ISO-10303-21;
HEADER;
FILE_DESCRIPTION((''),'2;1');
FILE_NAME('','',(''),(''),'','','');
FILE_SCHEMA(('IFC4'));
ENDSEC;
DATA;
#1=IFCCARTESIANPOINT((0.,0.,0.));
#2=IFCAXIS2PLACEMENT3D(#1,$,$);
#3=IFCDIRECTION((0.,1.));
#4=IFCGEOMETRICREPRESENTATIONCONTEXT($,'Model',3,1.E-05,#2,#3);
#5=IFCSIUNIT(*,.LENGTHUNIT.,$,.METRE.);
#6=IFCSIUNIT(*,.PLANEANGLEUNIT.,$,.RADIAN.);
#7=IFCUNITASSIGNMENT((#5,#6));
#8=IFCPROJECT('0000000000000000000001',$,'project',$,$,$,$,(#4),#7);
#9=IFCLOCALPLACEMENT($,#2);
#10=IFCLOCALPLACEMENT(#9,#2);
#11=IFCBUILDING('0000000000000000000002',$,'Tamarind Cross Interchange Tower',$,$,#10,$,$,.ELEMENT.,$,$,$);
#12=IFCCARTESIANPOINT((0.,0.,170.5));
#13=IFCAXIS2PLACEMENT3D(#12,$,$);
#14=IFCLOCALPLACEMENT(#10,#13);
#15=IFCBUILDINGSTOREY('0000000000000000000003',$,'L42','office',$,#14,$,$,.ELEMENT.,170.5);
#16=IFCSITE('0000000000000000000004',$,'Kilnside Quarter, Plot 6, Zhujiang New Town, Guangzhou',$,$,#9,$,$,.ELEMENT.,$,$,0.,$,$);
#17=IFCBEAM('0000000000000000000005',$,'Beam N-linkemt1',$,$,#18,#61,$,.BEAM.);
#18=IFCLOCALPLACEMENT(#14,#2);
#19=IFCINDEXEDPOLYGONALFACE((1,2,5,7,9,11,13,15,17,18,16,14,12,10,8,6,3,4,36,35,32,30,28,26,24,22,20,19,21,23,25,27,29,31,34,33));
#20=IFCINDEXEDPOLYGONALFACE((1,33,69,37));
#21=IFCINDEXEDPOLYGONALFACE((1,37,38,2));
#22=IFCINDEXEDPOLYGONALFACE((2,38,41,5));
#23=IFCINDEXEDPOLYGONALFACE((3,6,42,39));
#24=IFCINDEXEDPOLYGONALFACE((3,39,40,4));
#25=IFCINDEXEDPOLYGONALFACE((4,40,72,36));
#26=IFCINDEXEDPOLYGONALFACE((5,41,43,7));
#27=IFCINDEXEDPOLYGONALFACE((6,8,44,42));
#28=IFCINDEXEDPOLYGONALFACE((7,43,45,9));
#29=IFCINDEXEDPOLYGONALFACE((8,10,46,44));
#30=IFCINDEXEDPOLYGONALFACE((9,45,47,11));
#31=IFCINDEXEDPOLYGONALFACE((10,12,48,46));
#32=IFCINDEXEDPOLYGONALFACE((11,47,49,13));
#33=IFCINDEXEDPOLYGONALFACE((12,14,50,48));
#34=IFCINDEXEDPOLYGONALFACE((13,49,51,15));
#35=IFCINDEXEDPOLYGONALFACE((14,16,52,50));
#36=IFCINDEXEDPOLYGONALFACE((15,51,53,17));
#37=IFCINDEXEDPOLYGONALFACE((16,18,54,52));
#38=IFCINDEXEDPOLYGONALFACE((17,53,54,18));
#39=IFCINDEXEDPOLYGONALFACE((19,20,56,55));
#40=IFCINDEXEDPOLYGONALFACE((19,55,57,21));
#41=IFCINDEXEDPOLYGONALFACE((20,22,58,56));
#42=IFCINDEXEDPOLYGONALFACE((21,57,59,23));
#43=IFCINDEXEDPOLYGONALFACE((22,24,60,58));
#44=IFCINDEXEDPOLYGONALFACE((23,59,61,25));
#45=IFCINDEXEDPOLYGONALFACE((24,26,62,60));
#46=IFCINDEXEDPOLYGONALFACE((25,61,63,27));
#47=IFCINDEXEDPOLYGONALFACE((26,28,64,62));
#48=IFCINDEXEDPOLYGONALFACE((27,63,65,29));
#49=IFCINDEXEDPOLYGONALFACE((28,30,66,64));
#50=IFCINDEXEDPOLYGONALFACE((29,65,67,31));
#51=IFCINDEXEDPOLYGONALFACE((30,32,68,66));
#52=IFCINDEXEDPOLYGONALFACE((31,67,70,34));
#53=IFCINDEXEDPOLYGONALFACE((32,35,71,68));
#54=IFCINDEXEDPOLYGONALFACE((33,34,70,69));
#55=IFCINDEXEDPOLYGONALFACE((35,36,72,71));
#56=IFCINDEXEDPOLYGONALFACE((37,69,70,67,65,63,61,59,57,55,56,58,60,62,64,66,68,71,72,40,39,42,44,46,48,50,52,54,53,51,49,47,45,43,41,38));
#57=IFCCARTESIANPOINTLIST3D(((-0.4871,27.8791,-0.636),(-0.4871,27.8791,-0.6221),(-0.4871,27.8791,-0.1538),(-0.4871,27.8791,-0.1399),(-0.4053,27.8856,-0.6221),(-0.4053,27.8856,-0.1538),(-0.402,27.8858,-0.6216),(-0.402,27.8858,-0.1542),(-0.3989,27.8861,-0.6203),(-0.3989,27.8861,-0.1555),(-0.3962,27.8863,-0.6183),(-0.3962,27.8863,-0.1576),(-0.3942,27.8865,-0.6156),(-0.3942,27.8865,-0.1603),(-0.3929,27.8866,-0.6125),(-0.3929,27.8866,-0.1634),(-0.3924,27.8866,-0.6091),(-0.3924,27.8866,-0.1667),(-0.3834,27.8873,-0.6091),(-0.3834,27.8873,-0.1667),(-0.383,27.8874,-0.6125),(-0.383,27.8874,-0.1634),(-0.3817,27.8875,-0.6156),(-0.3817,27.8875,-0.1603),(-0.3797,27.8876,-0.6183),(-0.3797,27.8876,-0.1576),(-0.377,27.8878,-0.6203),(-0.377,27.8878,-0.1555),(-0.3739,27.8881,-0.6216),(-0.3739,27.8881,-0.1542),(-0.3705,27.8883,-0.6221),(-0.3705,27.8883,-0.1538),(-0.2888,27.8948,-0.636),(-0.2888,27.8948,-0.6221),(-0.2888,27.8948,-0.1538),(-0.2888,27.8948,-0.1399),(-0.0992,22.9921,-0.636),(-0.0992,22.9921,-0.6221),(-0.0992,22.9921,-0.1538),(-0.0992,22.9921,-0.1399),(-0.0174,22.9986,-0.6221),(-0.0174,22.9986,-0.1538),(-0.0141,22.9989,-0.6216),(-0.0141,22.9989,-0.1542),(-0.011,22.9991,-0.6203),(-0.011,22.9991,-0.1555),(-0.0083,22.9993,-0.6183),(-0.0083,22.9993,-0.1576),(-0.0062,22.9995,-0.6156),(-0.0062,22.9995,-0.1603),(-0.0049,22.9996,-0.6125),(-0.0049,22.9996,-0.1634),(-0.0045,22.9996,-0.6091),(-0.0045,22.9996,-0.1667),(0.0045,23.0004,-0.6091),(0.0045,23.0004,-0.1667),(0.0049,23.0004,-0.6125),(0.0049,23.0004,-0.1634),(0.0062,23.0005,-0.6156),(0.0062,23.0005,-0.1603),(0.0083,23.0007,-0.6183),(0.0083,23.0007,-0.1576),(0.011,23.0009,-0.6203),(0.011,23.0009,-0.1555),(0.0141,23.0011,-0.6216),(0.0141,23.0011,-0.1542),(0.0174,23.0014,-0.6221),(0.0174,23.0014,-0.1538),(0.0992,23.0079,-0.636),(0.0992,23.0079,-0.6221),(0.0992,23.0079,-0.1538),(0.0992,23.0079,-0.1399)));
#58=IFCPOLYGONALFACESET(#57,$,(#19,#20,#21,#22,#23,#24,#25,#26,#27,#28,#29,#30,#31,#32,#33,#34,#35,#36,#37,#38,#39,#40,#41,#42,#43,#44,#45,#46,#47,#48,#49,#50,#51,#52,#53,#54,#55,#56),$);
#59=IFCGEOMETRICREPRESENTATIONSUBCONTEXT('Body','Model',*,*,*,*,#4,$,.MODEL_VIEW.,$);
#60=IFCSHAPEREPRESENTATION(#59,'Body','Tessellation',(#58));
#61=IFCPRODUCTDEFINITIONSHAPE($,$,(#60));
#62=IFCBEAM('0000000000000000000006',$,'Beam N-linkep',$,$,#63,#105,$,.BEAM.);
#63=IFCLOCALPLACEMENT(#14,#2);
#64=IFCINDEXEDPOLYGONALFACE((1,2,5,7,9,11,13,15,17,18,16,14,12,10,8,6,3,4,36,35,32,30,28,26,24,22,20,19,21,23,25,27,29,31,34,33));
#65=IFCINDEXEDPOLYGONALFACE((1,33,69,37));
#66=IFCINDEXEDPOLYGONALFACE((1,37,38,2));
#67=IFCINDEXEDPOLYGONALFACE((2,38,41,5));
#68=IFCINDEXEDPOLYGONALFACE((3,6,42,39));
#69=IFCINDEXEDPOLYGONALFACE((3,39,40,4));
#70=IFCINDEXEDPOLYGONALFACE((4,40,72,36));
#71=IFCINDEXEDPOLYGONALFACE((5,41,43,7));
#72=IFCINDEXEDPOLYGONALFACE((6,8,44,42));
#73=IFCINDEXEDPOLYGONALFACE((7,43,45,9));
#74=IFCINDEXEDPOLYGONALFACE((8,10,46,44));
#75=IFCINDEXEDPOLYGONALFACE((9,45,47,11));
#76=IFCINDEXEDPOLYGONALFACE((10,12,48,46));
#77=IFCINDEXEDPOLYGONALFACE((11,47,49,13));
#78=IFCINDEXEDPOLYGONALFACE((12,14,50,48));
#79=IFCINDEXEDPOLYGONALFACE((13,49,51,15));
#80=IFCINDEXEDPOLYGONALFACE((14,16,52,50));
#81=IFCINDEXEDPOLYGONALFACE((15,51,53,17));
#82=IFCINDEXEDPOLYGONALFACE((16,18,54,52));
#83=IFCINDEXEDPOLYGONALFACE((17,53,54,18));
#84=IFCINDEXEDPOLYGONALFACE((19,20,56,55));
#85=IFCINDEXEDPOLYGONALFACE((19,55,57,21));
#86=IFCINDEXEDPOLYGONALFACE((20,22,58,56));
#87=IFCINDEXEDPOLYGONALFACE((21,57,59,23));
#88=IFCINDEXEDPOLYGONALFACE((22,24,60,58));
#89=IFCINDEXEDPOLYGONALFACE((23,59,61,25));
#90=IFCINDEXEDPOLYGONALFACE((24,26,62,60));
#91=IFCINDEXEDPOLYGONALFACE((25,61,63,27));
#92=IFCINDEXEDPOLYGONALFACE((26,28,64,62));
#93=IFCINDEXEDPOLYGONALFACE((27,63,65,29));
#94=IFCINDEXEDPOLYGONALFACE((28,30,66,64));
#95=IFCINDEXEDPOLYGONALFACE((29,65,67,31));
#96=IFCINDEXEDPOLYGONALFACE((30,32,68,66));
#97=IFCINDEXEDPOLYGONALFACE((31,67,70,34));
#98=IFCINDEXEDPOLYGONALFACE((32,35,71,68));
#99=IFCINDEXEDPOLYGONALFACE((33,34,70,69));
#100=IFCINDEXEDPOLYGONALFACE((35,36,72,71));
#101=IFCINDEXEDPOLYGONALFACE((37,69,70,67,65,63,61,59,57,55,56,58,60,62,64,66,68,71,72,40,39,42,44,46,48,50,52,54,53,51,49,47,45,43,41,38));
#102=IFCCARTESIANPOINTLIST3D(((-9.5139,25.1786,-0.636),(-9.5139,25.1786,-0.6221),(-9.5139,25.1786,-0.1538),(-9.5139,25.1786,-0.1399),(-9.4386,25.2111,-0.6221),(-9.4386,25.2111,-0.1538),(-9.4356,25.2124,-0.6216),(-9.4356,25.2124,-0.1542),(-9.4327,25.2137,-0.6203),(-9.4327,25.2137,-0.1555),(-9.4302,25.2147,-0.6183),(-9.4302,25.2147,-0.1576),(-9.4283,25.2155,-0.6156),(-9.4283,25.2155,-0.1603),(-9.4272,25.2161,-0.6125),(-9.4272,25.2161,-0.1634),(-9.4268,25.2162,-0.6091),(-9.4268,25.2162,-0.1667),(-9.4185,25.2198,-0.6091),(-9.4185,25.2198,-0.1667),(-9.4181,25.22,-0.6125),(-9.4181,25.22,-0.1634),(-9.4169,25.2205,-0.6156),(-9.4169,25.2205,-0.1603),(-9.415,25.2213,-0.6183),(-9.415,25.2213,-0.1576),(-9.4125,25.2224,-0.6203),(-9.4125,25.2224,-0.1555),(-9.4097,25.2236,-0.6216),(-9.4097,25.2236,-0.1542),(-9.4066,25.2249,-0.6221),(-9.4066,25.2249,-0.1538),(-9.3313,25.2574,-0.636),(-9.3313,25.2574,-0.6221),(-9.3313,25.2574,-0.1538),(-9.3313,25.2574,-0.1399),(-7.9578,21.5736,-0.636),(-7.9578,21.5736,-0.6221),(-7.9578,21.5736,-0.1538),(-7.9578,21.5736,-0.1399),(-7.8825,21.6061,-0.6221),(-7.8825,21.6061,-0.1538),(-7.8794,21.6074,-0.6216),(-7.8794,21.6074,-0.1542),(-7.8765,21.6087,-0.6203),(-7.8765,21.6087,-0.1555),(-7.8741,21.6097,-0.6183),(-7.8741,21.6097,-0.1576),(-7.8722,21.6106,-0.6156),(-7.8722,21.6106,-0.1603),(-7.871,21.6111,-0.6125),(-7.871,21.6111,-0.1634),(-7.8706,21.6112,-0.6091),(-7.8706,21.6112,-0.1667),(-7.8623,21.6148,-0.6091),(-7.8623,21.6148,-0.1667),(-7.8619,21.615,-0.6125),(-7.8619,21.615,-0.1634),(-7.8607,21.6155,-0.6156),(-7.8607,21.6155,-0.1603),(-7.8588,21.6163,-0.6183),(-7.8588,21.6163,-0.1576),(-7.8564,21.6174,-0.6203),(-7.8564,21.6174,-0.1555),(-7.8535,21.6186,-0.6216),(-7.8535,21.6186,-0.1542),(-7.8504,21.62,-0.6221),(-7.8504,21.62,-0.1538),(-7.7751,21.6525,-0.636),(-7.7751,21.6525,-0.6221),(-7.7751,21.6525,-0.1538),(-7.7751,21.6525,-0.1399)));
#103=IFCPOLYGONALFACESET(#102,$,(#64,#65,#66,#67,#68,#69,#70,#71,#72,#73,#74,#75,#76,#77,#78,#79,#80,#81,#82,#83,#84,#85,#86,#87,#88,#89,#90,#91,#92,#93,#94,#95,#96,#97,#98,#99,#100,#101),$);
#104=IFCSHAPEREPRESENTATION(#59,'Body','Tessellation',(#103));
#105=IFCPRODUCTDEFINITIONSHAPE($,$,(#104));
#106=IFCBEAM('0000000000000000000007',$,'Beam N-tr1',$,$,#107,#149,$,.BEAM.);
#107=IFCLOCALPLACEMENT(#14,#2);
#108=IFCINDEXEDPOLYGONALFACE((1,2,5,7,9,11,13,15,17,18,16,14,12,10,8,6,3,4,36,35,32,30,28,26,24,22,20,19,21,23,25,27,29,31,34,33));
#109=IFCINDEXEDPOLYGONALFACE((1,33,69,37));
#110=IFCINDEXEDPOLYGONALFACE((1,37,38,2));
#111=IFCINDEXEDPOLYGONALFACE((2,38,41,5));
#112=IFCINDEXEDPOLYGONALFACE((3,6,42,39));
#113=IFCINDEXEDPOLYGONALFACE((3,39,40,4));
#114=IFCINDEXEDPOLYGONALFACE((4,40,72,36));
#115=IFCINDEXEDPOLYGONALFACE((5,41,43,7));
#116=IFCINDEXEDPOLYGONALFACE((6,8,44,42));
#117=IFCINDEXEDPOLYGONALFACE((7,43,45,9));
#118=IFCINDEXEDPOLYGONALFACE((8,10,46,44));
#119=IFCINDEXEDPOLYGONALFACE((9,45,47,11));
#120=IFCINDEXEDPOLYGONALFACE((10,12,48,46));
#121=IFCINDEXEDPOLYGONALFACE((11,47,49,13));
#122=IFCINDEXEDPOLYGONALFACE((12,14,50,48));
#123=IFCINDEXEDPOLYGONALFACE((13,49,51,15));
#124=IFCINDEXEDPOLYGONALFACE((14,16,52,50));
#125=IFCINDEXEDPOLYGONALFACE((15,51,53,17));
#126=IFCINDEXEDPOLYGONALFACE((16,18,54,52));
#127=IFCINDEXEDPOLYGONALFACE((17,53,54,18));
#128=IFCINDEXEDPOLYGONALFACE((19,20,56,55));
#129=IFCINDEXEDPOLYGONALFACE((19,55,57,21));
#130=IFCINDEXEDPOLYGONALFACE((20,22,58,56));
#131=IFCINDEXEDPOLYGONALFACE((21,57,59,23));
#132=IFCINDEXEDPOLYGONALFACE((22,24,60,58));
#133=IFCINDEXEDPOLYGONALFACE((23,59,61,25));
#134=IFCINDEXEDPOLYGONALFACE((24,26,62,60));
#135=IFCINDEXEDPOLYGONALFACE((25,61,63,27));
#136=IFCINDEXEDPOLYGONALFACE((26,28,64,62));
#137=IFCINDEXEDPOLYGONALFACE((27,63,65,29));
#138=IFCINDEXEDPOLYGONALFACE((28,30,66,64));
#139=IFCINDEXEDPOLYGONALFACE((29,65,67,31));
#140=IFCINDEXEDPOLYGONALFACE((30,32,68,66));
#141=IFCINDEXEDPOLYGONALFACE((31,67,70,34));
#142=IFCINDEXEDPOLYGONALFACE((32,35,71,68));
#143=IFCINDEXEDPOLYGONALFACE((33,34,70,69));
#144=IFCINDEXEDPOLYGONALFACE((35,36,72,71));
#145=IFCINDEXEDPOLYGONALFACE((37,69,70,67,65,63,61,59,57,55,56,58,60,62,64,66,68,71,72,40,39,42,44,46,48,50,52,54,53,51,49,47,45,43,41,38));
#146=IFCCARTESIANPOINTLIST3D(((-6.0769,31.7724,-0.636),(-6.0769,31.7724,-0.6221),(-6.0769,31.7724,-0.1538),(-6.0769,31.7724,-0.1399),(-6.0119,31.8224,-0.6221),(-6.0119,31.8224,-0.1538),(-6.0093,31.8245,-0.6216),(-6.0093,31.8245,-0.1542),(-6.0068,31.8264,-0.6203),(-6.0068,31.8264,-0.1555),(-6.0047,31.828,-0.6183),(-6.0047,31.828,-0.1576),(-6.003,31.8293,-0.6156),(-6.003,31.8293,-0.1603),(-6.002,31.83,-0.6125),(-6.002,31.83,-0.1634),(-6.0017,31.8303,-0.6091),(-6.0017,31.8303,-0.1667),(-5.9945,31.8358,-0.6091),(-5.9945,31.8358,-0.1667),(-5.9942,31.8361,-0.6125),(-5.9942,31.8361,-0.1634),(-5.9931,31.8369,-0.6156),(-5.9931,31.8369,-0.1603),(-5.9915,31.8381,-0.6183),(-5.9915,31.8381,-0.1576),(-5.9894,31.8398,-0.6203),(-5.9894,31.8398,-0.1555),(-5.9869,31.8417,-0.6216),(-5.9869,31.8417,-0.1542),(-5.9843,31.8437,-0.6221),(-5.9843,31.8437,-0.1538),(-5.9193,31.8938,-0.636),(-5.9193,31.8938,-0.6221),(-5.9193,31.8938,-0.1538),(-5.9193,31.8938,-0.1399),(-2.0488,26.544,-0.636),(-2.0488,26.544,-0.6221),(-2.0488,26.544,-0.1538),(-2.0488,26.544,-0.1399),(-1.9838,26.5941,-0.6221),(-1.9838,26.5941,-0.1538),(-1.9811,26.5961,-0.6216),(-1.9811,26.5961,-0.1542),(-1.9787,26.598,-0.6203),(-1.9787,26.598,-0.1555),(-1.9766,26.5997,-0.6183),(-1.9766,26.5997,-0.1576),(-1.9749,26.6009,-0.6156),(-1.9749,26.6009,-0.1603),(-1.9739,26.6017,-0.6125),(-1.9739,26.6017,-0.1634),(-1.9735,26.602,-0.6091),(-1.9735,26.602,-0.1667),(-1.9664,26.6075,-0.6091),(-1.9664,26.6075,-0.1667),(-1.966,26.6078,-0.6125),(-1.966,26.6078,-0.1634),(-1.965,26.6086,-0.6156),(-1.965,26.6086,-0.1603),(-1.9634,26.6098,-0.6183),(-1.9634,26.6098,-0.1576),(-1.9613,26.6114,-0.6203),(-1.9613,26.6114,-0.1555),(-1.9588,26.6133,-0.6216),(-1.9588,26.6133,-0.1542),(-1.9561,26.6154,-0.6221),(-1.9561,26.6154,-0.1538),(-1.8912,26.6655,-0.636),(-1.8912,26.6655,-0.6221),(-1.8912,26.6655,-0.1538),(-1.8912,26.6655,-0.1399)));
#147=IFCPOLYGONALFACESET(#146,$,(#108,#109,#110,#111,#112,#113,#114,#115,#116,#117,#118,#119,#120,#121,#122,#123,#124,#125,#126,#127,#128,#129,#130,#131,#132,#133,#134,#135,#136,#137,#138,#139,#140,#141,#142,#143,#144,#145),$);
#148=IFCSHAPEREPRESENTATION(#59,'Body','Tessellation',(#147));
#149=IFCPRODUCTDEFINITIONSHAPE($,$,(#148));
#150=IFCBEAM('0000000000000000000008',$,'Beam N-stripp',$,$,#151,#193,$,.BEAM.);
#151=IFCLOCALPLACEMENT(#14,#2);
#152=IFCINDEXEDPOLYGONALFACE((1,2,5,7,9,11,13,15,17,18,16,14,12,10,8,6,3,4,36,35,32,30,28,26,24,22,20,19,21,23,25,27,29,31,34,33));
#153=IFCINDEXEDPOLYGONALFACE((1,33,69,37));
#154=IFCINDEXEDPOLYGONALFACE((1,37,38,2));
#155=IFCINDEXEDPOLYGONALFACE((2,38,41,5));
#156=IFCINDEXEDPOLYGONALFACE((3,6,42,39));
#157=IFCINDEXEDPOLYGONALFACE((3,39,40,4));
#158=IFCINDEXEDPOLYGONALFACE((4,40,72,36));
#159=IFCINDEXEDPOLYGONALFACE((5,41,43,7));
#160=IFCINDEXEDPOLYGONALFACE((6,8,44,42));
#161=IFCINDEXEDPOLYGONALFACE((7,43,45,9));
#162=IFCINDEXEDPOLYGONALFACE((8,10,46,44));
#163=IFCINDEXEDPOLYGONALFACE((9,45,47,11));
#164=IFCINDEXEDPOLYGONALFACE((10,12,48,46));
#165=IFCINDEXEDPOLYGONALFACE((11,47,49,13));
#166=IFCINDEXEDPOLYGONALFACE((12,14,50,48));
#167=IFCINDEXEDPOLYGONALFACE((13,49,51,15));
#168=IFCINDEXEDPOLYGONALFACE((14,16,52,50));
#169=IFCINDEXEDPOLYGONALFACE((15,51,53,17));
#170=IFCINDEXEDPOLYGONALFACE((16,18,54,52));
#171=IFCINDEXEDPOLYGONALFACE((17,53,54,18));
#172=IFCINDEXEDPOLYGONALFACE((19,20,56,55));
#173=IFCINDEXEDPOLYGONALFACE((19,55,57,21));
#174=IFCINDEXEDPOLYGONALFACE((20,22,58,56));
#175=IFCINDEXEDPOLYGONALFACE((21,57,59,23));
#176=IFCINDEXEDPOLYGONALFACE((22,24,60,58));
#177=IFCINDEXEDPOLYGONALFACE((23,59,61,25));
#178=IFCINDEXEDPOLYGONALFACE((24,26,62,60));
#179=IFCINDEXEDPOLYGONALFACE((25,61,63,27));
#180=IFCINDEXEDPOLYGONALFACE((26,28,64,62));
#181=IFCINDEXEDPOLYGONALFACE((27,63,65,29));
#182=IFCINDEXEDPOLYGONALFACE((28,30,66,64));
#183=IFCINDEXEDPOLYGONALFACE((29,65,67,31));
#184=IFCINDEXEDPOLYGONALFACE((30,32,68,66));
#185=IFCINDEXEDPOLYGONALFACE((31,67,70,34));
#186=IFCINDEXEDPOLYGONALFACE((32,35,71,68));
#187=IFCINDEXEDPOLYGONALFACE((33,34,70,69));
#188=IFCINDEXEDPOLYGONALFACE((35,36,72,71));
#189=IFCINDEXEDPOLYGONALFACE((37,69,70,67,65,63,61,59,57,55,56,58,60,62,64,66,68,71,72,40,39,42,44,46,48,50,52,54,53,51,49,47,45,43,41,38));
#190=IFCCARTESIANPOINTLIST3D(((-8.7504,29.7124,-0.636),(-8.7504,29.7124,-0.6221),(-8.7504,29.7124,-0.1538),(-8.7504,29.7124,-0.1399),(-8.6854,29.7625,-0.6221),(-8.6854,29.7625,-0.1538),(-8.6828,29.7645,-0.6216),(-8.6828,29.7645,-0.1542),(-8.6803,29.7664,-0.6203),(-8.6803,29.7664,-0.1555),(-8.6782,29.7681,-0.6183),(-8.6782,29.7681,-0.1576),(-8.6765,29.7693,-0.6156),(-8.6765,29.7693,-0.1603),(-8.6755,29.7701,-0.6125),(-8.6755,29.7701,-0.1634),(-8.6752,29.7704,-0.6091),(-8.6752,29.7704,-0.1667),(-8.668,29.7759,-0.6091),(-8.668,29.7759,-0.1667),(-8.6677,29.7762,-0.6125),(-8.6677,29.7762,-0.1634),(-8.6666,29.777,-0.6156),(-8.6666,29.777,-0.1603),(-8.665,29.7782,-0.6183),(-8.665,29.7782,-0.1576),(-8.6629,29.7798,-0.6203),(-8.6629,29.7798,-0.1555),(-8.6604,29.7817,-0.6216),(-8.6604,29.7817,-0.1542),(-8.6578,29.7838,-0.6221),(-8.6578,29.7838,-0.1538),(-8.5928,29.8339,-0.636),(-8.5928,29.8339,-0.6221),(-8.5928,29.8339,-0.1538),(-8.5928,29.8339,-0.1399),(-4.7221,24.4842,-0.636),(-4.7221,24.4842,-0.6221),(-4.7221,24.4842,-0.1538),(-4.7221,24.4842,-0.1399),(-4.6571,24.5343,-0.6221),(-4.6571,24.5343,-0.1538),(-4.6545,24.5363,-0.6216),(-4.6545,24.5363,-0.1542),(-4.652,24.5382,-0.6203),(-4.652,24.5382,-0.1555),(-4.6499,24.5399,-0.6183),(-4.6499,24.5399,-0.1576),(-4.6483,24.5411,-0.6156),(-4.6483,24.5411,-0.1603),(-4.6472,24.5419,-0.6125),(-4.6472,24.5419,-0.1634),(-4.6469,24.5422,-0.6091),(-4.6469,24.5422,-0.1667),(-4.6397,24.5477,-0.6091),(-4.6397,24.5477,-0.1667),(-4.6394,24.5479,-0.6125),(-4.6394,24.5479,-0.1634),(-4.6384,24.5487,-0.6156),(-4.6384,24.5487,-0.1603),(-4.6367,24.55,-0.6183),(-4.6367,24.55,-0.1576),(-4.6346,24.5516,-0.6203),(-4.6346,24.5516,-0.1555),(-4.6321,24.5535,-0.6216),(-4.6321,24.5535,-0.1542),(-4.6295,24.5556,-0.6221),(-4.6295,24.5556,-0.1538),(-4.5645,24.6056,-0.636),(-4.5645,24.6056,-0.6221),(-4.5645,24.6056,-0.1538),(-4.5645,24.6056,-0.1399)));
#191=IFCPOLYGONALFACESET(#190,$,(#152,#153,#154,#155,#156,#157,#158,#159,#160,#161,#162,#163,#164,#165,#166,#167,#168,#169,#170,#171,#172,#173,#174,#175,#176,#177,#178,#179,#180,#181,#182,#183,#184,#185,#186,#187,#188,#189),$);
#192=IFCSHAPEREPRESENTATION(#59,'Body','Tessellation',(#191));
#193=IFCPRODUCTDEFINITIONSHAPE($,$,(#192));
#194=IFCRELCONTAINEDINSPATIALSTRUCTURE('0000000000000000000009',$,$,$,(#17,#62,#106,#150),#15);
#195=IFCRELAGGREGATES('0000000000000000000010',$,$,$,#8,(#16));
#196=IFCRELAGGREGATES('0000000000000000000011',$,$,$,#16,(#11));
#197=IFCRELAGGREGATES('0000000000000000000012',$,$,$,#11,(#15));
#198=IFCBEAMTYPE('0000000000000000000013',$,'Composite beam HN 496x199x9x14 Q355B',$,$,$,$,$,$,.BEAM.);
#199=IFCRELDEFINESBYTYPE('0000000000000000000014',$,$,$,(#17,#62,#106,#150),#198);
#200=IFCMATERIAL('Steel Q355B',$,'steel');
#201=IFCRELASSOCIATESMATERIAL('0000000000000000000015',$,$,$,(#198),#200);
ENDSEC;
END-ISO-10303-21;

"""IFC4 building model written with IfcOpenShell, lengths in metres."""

from ifc_helpers import new_model, si_unit, direction, frame, origin, origin_2d, place, context, subcontext, project, spatial, i_section, extrude, material, material_profile, profile_set, type_object, element, save


model = new_model("IFC4")

# Units and contexts
model_context = context("Model", 3, precision=1e-05, world=origin(), true_north=direction((0.0, 1.0)))
body_context = subcontext(model_context, "Body", "Model", "MODEL_VIEW")
ifc_project = project(units=[si_unit("LENGTHUNIT", "METRE"), si_unit("PLANEANGLEUNIT", "RADIAN")], contexts=[model_context])

# Site, building, storey
site_placement = place(None, origin())
site = spatial("IfcSite", under=ifc_project, at=site_placement, Name="Kilnside Quarter, Plot 6, Zhujiang New Town, Guangzhou", CompositionType="ELEMENT", RefElevation=0.0)
building_placement = place(site_placement, origin())
building = spatial("IfcBuilding", under=site, at=building_placement, Name="Tamarind Cross Interchange Tower", CompositionType="ELEMENT")
storey_placement = place(building_placement, frame((0.0, 0.0, 170.5)))
storey = spatial("IfcBuildingStorey", under=building, at=storey_placement, Name="L42", Description="office", CompositionType="ELEMENT", Elevation=170.5)

# Beams
ifc_material_1 = material(Name="Steel Q355B", Category="steel")
ifc_material_profile_1 = material_profile(ifc_material_1, i_section(OverallWidth=0.199, OverallDepth=0.4961, WebThickness=0.009, FlangeThickness=0.0139, FilletRadius=0.0129, at=origin_2d()), Name="HN 496x199x9x14")
ifc_profile_set_1 = profile_set([ifc_material_profile_1], Name="Steel Q355B")
beam_type_1 = type_object("IfcBeamType", Name="Composite beam HN 496x199x9x14 Q355B", PredefinedType="BEAM", material=ifc_profile_set_1)
beam_1_placement = place(storey_placement, frame((-0.3879, 27.887, -0.3879), z_axis=(0.079134, -0.996864, 0.0), x_axis=(0.996864, 0.079134, 0.0)))
element("IfcBeam", 1, at=beam_1_placement, inside=storey, type_object=beam_type_1, Name="Beam N-linkemt1", PredefinedType="BEAM", context=body_context, shape_type="SweptSolid", body=[
    extrude(i_section(OverallWidth=0.199, OverallDepth=0.4961, WebThickness=0.009, FlangeThickness=0.0139, FilletRadius=0.0129, at=origin_2d()), origin(), (0.0, 0.0, 1.0), 4.9023),
])
beam_2_placement = place(storey_placement, frame((-9.4226, 25.218, -0.3879), z_axis=(0.396319, -0.918113, 0.0), x_axis=(0.918113, 0.396319, 0.0)))
element("IfcBeam", 2, at=beam_2_placement, inside=storey, type_object=beam_type_1, Name="Beam N-linkep", PredefinedType="BEAM", context=body_context, shape_type="SweptSolid", body=[
    extrude(i_section(OverallWidth=0.199, OverallDepth=0.4961, WebThickness=0.009, FlangeThickness=0.0139, FilletRadius=0.0129, at=origin_2d()), origin(), (0.0, 0.0, 1.0), 3.9265),
])
for number, where, z_axis, x_axis, name in (
    (3, (-1.97, 26.6047, -0.3879), (-0.610313, 0.79216, 0.0), (-0.79216, -0.610313, 0.0), "Beam N-tr1"),
    (4, (-4.6433, 24.5449, -0.3879), (-0.610336, 0.792142, 0.0), (-0.792142, -0.610336, 0.0), "Beam N-stripp"),
):
    element("IfcBeam", number, at=place(storey_placement, frame(where, z_axis=z_axis, x_axis=x_axis)), inside=storey, type_object=beam_type_1, Name=name, PredefinedType="BEAM", context=body_context, shape_type="SweptSolid", body=[
        extrude(i_section(OverallWidth=0.199, OverallDepth=0.4961, WebThickness=0.009, FlangeThickness=0.0139, FilletRadius=0.0129, at=origin_2d()), origin(), (0.0, 0.0, 1.0), 6.6001),
    ])

save(model, "model.ifc")
